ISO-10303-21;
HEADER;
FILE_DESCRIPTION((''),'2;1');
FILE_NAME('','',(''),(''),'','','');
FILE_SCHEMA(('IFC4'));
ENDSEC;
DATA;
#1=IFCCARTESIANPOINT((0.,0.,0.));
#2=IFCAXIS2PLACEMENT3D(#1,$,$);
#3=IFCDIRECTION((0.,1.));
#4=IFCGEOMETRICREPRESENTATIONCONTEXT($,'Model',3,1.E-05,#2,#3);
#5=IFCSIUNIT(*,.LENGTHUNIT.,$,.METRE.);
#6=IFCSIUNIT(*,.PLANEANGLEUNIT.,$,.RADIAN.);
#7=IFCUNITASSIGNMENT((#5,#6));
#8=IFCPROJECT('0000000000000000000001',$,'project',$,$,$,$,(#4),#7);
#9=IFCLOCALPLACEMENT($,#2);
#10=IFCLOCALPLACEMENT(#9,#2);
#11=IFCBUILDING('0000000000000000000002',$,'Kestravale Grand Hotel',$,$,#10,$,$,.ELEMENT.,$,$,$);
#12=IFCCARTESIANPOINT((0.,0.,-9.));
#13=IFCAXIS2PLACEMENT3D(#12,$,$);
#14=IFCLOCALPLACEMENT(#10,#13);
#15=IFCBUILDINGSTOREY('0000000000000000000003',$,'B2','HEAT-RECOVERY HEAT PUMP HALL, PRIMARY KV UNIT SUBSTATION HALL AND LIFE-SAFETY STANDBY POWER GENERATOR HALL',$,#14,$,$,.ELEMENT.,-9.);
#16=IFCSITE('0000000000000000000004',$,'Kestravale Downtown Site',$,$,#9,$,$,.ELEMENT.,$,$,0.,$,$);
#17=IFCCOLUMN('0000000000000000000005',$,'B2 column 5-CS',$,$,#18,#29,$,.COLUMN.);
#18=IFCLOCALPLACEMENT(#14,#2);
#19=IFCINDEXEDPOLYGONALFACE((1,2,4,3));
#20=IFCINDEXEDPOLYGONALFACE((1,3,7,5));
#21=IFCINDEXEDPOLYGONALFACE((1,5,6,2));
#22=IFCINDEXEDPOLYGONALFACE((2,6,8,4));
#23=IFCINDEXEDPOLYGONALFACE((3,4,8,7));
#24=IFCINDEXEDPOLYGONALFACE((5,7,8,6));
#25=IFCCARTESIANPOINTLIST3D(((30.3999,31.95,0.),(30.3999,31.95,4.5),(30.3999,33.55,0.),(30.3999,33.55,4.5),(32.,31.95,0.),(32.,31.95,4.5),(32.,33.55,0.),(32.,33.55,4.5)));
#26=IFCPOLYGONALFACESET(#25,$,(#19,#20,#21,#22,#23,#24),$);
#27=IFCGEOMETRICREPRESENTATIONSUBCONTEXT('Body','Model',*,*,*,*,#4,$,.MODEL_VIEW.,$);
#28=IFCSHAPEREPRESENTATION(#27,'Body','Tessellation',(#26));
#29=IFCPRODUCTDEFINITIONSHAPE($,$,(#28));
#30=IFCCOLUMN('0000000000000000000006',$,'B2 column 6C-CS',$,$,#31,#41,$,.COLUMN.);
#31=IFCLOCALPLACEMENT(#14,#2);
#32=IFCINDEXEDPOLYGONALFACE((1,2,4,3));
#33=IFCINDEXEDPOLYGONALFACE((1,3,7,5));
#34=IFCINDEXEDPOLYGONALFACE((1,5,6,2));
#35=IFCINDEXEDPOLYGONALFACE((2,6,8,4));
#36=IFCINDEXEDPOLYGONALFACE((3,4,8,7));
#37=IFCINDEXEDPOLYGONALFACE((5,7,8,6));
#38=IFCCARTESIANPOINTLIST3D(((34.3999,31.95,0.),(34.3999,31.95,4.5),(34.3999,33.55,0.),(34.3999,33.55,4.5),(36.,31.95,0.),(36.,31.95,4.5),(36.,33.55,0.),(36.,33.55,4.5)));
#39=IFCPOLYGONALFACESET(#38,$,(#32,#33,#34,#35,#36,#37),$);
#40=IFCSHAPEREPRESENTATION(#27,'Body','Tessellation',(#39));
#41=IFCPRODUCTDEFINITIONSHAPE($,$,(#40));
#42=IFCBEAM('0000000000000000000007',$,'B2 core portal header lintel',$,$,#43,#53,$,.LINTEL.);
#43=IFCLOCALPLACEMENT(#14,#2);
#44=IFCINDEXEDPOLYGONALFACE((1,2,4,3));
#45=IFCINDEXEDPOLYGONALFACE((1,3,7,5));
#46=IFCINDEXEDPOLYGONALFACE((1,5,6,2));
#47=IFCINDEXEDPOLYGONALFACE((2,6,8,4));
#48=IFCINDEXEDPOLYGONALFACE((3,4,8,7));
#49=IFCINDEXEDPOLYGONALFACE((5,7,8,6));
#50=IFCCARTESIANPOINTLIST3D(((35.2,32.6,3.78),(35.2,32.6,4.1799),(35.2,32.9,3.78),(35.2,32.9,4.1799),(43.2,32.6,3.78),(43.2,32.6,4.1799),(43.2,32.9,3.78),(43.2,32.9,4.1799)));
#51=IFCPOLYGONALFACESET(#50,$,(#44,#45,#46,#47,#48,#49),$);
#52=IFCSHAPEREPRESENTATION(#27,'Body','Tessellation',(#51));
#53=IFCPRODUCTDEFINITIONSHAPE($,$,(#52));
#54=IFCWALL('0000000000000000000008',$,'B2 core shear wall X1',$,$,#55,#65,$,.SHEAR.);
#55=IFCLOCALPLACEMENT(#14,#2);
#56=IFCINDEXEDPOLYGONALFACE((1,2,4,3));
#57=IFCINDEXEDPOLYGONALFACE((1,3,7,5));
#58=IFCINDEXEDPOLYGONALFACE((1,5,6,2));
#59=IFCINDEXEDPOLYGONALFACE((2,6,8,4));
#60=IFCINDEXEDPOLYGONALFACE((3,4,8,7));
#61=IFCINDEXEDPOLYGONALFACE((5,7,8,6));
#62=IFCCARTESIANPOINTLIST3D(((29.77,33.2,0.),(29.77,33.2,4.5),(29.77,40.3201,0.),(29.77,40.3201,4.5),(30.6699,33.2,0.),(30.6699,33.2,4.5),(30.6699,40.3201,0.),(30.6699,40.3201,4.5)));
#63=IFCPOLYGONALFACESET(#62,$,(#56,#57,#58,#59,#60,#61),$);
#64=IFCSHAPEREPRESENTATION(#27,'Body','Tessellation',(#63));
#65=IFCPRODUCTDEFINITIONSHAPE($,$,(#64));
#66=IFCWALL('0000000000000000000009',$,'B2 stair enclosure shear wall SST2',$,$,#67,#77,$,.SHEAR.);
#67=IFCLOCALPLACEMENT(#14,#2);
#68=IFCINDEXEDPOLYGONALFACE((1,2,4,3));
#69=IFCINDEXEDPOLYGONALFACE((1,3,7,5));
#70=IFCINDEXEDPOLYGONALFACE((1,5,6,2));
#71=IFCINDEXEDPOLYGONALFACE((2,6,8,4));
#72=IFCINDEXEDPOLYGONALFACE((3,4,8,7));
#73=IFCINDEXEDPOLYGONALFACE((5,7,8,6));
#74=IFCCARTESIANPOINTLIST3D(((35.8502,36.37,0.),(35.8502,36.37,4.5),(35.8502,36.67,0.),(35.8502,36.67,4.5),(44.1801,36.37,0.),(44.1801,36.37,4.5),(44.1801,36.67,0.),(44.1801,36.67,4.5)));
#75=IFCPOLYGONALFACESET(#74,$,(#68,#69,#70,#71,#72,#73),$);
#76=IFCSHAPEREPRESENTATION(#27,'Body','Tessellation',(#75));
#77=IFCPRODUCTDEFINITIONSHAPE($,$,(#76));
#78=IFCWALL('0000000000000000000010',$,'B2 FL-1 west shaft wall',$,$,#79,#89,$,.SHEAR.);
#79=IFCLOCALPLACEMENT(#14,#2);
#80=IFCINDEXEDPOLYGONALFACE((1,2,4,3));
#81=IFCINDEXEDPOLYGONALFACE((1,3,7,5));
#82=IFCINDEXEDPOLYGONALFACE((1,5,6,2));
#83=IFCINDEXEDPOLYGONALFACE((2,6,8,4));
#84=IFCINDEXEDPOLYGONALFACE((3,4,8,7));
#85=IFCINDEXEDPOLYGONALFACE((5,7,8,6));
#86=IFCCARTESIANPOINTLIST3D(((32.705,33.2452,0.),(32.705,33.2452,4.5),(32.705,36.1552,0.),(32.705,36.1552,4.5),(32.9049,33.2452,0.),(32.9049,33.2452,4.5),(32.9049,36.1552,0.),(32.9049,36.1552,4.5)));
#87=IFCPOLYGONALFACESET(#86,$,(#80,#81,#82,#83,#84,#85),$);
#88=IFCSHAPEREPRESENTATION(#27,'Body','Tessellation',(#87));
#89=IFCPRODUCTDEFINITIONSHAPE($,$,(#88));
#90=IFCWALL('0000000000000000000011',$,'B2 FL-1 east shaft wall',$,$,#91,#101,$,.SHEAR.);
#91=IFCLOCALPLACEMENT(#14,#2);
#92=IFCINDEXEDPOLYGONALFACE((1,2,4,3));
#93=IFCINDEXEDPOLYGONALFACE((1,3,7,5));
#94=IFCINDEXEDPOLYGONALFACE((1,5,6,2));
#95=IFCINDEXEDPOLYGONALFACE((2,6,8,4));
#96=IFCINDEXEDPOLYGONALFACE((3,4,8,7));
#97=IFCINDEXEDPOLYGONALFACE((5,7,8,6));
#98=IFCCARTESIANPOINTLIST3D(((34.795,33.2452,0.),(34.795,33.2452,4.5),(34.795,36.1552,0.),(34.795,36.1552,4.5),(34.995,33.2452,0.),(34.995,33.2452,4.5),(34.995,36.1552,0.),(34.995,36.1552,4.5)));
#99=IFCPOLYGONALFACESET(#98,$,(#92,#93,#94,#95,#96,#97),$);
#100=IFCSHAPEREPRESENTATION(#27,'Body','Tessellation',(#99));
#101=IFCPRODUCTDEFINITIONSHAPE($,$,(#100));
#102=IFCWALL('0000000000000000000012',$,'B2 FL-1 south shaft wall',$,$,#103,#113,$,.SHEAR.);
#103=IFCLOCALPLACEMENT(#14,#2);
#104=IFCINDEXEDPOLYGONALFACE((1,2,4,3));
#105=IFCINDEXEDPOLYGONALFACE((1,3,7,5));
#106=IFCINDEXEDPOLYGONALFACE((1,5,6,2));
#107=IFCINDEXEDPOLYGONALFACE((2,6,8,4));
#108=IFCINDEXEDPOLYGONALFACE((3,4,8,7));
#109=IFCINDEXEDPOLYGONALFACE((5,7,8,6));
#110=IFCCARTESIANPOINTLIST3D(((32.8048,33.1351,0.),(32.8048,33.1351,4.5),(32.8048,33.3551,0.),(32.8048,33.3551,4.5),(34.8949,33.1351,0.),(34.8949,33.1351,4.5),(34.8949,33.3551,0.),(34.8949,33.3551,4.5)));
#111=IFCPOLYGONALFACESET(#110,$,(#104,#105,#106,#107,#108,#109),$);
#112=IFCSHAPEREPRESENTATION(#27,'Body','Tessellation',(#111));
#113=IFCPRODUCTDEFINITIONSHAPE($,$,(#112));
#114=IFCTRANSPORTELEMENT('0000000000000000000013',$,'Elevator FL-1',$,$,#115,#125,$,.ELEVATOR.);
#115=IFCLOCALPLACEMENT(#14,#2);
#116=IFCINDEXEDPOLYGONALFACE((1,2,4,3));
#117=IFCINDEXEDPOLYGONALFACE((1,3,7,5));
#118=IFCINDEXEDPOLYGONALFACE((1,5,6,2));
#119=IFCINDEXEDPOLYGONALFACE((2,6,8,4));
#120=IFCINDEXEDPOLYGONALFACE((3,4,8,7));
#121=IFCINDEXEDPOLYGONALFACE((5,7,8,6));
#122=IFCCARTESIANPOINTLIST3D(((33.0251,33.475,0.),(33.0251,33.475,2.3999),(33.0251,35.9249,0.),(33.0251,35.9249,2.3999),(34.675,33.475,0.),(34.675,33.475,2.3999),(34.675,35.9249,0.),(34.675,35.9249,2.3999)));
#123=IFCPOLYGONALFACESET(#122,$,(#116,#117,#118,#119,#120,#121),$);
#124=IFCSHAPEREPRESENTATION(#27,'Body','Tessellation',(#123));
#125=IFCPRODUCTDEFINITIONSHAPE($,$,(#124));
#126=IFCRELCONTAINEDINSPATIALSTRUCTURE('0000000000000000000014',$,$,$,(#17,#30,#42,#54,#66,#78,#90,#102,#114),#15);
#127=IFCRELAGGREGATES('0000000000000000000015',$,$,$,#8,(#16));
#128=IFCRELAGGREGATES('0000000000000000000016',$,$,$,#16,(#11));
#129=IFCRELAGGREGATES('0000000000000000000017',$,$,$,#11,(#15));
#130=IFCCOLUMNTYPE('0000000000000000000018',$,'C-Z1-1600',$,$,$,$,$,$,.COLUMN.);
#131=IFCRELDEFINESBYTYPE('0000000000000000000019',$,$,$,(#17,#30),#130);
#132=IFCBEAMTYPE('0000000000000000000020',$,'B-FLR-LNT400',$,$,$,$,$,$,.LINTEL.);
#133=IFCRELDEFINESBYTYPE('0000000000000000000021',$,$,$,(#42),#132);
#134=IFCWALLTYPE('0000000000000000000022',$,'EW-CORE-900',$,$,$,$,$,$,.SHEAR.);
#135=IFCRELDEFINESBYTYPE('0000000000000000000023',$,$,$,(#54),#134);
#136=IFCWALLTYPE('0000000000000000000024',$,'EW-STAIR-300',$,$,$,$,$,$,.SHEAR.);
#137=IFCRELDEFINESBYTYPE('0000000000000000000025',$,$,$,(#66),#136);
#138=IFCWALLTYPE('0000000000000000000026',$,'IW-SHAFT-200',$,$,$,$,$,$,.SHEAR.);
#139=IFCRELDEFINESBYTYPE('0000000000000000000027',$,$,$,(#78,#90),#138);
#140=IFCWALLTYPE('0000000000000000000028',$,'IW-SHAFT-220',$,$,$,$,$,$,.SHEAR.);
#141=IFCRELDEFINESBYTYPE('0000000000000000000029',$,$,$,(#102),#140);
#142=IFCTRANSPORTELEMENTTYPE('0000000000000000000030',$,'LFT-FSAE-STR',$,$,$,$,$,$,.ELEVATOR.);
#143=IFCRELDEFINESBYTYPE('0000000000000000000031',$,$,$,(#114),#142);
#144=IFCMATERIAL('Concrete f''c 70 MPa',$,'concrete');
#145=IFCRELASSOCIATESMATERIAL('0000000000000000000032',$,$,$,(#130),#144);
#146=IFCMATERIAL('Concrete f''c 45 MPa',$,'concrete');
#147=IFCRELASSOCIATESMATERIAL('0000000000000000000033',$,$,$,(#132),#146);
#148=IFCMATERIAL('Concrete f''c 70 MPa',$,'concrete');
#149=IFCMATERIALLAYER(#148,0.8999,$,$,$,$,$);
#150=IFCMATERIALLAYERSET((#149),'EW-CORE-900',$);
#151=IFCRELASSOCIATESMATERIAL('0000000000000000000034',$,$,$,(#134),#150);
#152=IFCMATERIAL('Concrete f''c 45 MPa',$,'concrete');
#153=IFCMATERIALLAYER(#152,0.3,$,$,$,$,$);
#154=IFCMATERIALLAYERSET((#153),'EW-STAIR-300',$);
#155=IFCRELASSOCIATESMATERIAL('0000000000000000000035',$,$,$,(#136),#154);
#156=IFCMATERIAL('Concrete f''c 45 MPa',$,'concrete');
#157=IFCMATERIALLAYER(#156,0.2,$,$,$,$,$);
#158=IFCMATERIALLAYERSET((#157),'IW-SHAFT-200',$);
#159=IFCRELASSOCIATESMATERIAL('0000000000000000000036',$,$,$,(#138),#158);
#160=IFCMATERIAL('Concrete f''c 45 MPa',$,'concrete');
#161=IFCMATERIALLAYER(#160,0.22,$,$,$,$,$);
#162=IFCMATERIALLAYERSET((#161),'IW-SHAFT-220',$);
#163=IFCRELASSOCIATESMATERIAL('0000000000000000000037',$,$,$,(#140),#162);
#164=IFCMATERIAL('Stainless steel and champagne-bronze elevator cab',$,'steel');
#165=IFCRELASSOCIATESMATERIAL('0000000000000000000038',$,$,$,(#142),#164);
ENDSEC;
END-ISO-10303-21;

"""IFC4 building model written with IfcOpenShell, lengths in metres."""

from ifc_helpers import new_model, si_unit, direction, frame, frame_2d, origin, origin_2d, place, context, subcontext, project, spatial, rectangle, extrude, material, layer, layer_set, material_profile, profile_set, type_object, element, save


model = new_model("IFC4")

# Units and contexts
model_context = context("Model", 3, precision=1e-05, world=origin(), true_north=direction((0.0, 1.0)))
body_context = subcontext(model_context, "Body", "Model", "MODEL_VIEW")
ifc_project = project(units=[si_unit("LENGTHUNIT", "METRE"), si_unit("PLANEANGLEUNIT", "RADIAN")], contexts=[model_context])

# Site, building, storey
site_placement = place(None, origin())
site = spatial("IfcSite", under=ifc_project, at=site_placement, Name="Kestravale Downtown Site", CompositionType="ELEMENT", RefElevation=0.0)
building_placement = place(site_placement, origin())
building = spatial("IfcBuilding", under=site, at=building_placement, Name="Kestravale Grand Hotel", CompositionType="ELEMENT")
storey_placement = place(building_placement, frame((0.0, 0.0, -9.0)))
storey = spatial("IfcBuildingStorey", under=building, at=storey_placement, Name="B2", Description="HEAT-RECOVERY HEAT PUMP HALL, PRIMARY KV UNIT SUBSTATION HALL AND LIFE-SAFETY STANDBY POWER GENERATOR HALL", CompositionType="ELEMENT", Elevation=-9.0)

# Columns
ifc_material_1 = material(Name="Concrete f'c 70 MPa", Category="concrete")
ifc_material_profile_1 = material_profile(ifc_material_1, rectangle(XDim=1.6001, YDim=1.6001, at=origin_2d()))
ifc_profile_set_1 = profile_set([ifc_material_profile_1], Name="Concrete f'c 70 MPa")
column_type = type_object("IfcColumnType", Name="C-Z1-1600", PredefinedType="COLUMN", material=ifc_profile_set_1)
for number, where, z_axis, x_axis, name in (
    (1, (31.2, 32.75, 0.0), (0.0, 0.0, 1.0), (1.0, 0.0, 0.0), "B2 column 5-CS"),
    (2, (35.2, 32.75, 0.0), (0.0, 0.0, 1.0), (1.0, 0.0, 0.0), "B2 column 6C-CS"),
):
    element("IfcColumn", number, at=place(storey_placement, frame(where, z_axis=z_axis, x_axis=x_axis)), inside=storey, type_object=column_type, Name=name, PredefinedType="COLUMN", context=body_context, shape_type="SweptSolid", body=[
        extrude(rectangle(XDim=1.6001, YDim=1.6001, at=origin_2d()), origin(), (0.0, 0.0, 1.0), 4.5),
    ])

# Beam
ifc_material_2 = material(Name="Concrete f'c 45 MPa", Category="concrete")
ifc_material_profile_2 = material_profile(ifc_material_2, rectangle(XDim=0.3, YDim=0.3999, at=origin_2d()))
ifc_profile_set_2 = profile_set([ifc_material_profile_2], Name="Concrete f'c 45 MPa")
beam_type = type_object("IfcBeamType", Name="B-FLR-LNT400", PredefinedType="LINTEL", material=ifc_profile_set_2)
beam_placement = place(storey_placement, frame((35.2, 32.75, 3.98), z_axis=(1.0, 0.0, 0.0), x_axis=(0.0, 1.0, 0.0)))
element("IfcBeam", 3, at=beam_placement, inside=storey, type_object=beam_type, Name="B2 core portal header lintel", PredefinedType="LINTEL", context=body_context, shape_type="SweptSolid", body=[
    extrude(rectangle(XDim=0.3, YDim=0.3999, at=origin_2d()), origin(), (0.0, 0.0, 1.0), 8.0),
])

# Wall
ifc_material_3 = material(Name="Concrete f'c 70 MPa", Category="concrete")
ifc_layer_1 = layer(ifc_material_3, 0.8999)
ifc_layer_set_1 = layer_set([ifc_layer_1], Name="EW-CORE-900")
wall_type_1 = type_object("IfcWallType", Name="EW-CORE-900", PredefinedType="SHEAR", material=ifc_layer_set_1)
wall_1_placement = place(storey_placement, frame((30.22, 33.2, 0.0), z_axis=(0.0, 0.0, 1.0), x_axis=(0.0, 1.0, 0.0)))
element("IfcWall", 4, at=wall_1_placement, inside=storey, type_object=wall_type_1, Name="B2 core shear wall X1", PredefinedType="SHEAR", context=body_context, shape_type="SweptSolid", body=[
    extrude(rectangle(XDim=7.1201, YDim=0.8999, at=frame_2d((3.5601, 0.0))), origin(), (0.0, 0.0, 1.0), 4.5),
])

# Wall
ifc_material_4 = material(Name="Concrete f'c 45 MPa", Category="concrete")
ifc_layer_2 = layer(ifc_material_4, 0.3)
ifc_layer_set_2 = layer_set([ifc_layer_2], Name="EW-STAIR-300")
wall_type_2 = type_object("IfcWallType", Name="EW-STAIR-300", PredefinedType="SHEAR", material=ifc_layer_set_2)
wall_2_placement = place(storey_placement, frame((35.8501, 36.52, 0.0), z_axis=(0.0, 0.0, 1.0), x_axis=(1.0, 0.0, 0.0)))
element("IfcWall", 5, at=wall_2_placement, inside=storey, type_object=wall_type_2, Name="B2 stair enclosure shear wall SST2", PredefinedType="SHEAR", context=body_context, shape_type="SweptSolid", body=[
    extrude(rectangle(XDim=8.3298, YDim=0.3, at=frame_2d((4.165, 0.0))), origin(), (0.0, 0.0, 1.0), 4.5),
])

# Walls
ifc_material_5 = material(Name="Concrete f'c 45 MPa", Category="concrete")
ifc_layer_3 = layer(ifc_material_5, 0.2)
ifc_layer_set_3 = layer_set([ifc_layer_3], Name="IW-SHAFT-200")
wall_type_3 = type_object("IfcWallType", Name="IW-SHAFT-200", PredefinedType="SHEAR", material=ifc_layer_set_3)
for number, where, z_axis, x_axis, name in (
    (6, (32.8049, 33.2451, 0.0), (0.0, 0.0, 1.0), (0.0, 1.0, 0.0), "B2 FL-1 west shaft wall"),
    (7, (34.895, 33.2451, 0.0), (0.0, 0.0, 1.0), (0.0, 1.0, 0.0), "B2 FL-1 east shaft wall"),
):
    element("IfcWall", number, at=place(storey_placement, frame(where, z_axis=z_axis, x_axis=x_axis)), inside=storey, type_object=wall_type_3, Name=name, PredefinedType="SHEAR", context=body_context, shape_type="SweptSolid", body=[
        extrude(rectangle(XDim=2.9099, YDim=0.2, at=frame_2d((1.4551, 0.0))), origin(), (0.0, 0.0, 1.0), 4.5),
    ])

# Shared definitions
ifc_material_6 = material(Name="Concrete f'c 45 MPa", Category="concrete")
ifc_layer_4 = layer(ifc_material_6, 0.22)
ifc_layer_set_4 = layer_set([ifc_layer_4], Name="IW-SHAFT-220")
wall_type_4 = type_object("IfcWallType", Name="IW-SHAFT-220", PredefinedType="SHEAR", material=ifc_layer_set_4)

# Wall
wall_3_placement = place(storey_placement, frame((32.8049, 33.2451, 0.0), z_axis=(0.0, 0.0, 1.0), x_axis=(1.0, 0.0, 0.0)))
element("IfcWall", 8, at=wall_3_placement, inside=storey, type_object=wall_type_4, Name="B2 FL-1 south shaft wall", PredefinedType="SHEAR", context=body_context, shape_type="SweptSolid", body=[
    extrude(rectangle(XDim=2.0901, YDim=0.22, at=frame_2d((1.0449, 0.0))), origin(), (0.0, 0.0, 1.0), 4.5),
])

# Transport element
ifc_material_7 = material(Name="Stainless steel and champagne-bronze elevator cab", Category="steel")
transport_element_type = type_object("IfcTransportElementType", Name="LFT-FSAE-STR", PredefinedType="ELEVATOR", material=ifc_material_7)
transport_element_placement = place(storey_placement, frame((33.8501, 34.7, 0.0), z_axis=(0.0, 0.0, 1.0), x_axis=(1.0, 0.0, 0.0)))
element("IfcTransportElement", 9, at=transport_element_placement, inside=storey, type_object=transport_element_type, Name="Elevator FL-1", PredefinedType="ELEVATOR", context=body_context, shape_type="SweptSolid", body=[
    extrude(rectangle(XDim=1.6499, YDim=2.45, at=origin_2d()), origin(), (0.0, 0.0, 1.0), 2.3999),
])

save(model, "model.ifc")
